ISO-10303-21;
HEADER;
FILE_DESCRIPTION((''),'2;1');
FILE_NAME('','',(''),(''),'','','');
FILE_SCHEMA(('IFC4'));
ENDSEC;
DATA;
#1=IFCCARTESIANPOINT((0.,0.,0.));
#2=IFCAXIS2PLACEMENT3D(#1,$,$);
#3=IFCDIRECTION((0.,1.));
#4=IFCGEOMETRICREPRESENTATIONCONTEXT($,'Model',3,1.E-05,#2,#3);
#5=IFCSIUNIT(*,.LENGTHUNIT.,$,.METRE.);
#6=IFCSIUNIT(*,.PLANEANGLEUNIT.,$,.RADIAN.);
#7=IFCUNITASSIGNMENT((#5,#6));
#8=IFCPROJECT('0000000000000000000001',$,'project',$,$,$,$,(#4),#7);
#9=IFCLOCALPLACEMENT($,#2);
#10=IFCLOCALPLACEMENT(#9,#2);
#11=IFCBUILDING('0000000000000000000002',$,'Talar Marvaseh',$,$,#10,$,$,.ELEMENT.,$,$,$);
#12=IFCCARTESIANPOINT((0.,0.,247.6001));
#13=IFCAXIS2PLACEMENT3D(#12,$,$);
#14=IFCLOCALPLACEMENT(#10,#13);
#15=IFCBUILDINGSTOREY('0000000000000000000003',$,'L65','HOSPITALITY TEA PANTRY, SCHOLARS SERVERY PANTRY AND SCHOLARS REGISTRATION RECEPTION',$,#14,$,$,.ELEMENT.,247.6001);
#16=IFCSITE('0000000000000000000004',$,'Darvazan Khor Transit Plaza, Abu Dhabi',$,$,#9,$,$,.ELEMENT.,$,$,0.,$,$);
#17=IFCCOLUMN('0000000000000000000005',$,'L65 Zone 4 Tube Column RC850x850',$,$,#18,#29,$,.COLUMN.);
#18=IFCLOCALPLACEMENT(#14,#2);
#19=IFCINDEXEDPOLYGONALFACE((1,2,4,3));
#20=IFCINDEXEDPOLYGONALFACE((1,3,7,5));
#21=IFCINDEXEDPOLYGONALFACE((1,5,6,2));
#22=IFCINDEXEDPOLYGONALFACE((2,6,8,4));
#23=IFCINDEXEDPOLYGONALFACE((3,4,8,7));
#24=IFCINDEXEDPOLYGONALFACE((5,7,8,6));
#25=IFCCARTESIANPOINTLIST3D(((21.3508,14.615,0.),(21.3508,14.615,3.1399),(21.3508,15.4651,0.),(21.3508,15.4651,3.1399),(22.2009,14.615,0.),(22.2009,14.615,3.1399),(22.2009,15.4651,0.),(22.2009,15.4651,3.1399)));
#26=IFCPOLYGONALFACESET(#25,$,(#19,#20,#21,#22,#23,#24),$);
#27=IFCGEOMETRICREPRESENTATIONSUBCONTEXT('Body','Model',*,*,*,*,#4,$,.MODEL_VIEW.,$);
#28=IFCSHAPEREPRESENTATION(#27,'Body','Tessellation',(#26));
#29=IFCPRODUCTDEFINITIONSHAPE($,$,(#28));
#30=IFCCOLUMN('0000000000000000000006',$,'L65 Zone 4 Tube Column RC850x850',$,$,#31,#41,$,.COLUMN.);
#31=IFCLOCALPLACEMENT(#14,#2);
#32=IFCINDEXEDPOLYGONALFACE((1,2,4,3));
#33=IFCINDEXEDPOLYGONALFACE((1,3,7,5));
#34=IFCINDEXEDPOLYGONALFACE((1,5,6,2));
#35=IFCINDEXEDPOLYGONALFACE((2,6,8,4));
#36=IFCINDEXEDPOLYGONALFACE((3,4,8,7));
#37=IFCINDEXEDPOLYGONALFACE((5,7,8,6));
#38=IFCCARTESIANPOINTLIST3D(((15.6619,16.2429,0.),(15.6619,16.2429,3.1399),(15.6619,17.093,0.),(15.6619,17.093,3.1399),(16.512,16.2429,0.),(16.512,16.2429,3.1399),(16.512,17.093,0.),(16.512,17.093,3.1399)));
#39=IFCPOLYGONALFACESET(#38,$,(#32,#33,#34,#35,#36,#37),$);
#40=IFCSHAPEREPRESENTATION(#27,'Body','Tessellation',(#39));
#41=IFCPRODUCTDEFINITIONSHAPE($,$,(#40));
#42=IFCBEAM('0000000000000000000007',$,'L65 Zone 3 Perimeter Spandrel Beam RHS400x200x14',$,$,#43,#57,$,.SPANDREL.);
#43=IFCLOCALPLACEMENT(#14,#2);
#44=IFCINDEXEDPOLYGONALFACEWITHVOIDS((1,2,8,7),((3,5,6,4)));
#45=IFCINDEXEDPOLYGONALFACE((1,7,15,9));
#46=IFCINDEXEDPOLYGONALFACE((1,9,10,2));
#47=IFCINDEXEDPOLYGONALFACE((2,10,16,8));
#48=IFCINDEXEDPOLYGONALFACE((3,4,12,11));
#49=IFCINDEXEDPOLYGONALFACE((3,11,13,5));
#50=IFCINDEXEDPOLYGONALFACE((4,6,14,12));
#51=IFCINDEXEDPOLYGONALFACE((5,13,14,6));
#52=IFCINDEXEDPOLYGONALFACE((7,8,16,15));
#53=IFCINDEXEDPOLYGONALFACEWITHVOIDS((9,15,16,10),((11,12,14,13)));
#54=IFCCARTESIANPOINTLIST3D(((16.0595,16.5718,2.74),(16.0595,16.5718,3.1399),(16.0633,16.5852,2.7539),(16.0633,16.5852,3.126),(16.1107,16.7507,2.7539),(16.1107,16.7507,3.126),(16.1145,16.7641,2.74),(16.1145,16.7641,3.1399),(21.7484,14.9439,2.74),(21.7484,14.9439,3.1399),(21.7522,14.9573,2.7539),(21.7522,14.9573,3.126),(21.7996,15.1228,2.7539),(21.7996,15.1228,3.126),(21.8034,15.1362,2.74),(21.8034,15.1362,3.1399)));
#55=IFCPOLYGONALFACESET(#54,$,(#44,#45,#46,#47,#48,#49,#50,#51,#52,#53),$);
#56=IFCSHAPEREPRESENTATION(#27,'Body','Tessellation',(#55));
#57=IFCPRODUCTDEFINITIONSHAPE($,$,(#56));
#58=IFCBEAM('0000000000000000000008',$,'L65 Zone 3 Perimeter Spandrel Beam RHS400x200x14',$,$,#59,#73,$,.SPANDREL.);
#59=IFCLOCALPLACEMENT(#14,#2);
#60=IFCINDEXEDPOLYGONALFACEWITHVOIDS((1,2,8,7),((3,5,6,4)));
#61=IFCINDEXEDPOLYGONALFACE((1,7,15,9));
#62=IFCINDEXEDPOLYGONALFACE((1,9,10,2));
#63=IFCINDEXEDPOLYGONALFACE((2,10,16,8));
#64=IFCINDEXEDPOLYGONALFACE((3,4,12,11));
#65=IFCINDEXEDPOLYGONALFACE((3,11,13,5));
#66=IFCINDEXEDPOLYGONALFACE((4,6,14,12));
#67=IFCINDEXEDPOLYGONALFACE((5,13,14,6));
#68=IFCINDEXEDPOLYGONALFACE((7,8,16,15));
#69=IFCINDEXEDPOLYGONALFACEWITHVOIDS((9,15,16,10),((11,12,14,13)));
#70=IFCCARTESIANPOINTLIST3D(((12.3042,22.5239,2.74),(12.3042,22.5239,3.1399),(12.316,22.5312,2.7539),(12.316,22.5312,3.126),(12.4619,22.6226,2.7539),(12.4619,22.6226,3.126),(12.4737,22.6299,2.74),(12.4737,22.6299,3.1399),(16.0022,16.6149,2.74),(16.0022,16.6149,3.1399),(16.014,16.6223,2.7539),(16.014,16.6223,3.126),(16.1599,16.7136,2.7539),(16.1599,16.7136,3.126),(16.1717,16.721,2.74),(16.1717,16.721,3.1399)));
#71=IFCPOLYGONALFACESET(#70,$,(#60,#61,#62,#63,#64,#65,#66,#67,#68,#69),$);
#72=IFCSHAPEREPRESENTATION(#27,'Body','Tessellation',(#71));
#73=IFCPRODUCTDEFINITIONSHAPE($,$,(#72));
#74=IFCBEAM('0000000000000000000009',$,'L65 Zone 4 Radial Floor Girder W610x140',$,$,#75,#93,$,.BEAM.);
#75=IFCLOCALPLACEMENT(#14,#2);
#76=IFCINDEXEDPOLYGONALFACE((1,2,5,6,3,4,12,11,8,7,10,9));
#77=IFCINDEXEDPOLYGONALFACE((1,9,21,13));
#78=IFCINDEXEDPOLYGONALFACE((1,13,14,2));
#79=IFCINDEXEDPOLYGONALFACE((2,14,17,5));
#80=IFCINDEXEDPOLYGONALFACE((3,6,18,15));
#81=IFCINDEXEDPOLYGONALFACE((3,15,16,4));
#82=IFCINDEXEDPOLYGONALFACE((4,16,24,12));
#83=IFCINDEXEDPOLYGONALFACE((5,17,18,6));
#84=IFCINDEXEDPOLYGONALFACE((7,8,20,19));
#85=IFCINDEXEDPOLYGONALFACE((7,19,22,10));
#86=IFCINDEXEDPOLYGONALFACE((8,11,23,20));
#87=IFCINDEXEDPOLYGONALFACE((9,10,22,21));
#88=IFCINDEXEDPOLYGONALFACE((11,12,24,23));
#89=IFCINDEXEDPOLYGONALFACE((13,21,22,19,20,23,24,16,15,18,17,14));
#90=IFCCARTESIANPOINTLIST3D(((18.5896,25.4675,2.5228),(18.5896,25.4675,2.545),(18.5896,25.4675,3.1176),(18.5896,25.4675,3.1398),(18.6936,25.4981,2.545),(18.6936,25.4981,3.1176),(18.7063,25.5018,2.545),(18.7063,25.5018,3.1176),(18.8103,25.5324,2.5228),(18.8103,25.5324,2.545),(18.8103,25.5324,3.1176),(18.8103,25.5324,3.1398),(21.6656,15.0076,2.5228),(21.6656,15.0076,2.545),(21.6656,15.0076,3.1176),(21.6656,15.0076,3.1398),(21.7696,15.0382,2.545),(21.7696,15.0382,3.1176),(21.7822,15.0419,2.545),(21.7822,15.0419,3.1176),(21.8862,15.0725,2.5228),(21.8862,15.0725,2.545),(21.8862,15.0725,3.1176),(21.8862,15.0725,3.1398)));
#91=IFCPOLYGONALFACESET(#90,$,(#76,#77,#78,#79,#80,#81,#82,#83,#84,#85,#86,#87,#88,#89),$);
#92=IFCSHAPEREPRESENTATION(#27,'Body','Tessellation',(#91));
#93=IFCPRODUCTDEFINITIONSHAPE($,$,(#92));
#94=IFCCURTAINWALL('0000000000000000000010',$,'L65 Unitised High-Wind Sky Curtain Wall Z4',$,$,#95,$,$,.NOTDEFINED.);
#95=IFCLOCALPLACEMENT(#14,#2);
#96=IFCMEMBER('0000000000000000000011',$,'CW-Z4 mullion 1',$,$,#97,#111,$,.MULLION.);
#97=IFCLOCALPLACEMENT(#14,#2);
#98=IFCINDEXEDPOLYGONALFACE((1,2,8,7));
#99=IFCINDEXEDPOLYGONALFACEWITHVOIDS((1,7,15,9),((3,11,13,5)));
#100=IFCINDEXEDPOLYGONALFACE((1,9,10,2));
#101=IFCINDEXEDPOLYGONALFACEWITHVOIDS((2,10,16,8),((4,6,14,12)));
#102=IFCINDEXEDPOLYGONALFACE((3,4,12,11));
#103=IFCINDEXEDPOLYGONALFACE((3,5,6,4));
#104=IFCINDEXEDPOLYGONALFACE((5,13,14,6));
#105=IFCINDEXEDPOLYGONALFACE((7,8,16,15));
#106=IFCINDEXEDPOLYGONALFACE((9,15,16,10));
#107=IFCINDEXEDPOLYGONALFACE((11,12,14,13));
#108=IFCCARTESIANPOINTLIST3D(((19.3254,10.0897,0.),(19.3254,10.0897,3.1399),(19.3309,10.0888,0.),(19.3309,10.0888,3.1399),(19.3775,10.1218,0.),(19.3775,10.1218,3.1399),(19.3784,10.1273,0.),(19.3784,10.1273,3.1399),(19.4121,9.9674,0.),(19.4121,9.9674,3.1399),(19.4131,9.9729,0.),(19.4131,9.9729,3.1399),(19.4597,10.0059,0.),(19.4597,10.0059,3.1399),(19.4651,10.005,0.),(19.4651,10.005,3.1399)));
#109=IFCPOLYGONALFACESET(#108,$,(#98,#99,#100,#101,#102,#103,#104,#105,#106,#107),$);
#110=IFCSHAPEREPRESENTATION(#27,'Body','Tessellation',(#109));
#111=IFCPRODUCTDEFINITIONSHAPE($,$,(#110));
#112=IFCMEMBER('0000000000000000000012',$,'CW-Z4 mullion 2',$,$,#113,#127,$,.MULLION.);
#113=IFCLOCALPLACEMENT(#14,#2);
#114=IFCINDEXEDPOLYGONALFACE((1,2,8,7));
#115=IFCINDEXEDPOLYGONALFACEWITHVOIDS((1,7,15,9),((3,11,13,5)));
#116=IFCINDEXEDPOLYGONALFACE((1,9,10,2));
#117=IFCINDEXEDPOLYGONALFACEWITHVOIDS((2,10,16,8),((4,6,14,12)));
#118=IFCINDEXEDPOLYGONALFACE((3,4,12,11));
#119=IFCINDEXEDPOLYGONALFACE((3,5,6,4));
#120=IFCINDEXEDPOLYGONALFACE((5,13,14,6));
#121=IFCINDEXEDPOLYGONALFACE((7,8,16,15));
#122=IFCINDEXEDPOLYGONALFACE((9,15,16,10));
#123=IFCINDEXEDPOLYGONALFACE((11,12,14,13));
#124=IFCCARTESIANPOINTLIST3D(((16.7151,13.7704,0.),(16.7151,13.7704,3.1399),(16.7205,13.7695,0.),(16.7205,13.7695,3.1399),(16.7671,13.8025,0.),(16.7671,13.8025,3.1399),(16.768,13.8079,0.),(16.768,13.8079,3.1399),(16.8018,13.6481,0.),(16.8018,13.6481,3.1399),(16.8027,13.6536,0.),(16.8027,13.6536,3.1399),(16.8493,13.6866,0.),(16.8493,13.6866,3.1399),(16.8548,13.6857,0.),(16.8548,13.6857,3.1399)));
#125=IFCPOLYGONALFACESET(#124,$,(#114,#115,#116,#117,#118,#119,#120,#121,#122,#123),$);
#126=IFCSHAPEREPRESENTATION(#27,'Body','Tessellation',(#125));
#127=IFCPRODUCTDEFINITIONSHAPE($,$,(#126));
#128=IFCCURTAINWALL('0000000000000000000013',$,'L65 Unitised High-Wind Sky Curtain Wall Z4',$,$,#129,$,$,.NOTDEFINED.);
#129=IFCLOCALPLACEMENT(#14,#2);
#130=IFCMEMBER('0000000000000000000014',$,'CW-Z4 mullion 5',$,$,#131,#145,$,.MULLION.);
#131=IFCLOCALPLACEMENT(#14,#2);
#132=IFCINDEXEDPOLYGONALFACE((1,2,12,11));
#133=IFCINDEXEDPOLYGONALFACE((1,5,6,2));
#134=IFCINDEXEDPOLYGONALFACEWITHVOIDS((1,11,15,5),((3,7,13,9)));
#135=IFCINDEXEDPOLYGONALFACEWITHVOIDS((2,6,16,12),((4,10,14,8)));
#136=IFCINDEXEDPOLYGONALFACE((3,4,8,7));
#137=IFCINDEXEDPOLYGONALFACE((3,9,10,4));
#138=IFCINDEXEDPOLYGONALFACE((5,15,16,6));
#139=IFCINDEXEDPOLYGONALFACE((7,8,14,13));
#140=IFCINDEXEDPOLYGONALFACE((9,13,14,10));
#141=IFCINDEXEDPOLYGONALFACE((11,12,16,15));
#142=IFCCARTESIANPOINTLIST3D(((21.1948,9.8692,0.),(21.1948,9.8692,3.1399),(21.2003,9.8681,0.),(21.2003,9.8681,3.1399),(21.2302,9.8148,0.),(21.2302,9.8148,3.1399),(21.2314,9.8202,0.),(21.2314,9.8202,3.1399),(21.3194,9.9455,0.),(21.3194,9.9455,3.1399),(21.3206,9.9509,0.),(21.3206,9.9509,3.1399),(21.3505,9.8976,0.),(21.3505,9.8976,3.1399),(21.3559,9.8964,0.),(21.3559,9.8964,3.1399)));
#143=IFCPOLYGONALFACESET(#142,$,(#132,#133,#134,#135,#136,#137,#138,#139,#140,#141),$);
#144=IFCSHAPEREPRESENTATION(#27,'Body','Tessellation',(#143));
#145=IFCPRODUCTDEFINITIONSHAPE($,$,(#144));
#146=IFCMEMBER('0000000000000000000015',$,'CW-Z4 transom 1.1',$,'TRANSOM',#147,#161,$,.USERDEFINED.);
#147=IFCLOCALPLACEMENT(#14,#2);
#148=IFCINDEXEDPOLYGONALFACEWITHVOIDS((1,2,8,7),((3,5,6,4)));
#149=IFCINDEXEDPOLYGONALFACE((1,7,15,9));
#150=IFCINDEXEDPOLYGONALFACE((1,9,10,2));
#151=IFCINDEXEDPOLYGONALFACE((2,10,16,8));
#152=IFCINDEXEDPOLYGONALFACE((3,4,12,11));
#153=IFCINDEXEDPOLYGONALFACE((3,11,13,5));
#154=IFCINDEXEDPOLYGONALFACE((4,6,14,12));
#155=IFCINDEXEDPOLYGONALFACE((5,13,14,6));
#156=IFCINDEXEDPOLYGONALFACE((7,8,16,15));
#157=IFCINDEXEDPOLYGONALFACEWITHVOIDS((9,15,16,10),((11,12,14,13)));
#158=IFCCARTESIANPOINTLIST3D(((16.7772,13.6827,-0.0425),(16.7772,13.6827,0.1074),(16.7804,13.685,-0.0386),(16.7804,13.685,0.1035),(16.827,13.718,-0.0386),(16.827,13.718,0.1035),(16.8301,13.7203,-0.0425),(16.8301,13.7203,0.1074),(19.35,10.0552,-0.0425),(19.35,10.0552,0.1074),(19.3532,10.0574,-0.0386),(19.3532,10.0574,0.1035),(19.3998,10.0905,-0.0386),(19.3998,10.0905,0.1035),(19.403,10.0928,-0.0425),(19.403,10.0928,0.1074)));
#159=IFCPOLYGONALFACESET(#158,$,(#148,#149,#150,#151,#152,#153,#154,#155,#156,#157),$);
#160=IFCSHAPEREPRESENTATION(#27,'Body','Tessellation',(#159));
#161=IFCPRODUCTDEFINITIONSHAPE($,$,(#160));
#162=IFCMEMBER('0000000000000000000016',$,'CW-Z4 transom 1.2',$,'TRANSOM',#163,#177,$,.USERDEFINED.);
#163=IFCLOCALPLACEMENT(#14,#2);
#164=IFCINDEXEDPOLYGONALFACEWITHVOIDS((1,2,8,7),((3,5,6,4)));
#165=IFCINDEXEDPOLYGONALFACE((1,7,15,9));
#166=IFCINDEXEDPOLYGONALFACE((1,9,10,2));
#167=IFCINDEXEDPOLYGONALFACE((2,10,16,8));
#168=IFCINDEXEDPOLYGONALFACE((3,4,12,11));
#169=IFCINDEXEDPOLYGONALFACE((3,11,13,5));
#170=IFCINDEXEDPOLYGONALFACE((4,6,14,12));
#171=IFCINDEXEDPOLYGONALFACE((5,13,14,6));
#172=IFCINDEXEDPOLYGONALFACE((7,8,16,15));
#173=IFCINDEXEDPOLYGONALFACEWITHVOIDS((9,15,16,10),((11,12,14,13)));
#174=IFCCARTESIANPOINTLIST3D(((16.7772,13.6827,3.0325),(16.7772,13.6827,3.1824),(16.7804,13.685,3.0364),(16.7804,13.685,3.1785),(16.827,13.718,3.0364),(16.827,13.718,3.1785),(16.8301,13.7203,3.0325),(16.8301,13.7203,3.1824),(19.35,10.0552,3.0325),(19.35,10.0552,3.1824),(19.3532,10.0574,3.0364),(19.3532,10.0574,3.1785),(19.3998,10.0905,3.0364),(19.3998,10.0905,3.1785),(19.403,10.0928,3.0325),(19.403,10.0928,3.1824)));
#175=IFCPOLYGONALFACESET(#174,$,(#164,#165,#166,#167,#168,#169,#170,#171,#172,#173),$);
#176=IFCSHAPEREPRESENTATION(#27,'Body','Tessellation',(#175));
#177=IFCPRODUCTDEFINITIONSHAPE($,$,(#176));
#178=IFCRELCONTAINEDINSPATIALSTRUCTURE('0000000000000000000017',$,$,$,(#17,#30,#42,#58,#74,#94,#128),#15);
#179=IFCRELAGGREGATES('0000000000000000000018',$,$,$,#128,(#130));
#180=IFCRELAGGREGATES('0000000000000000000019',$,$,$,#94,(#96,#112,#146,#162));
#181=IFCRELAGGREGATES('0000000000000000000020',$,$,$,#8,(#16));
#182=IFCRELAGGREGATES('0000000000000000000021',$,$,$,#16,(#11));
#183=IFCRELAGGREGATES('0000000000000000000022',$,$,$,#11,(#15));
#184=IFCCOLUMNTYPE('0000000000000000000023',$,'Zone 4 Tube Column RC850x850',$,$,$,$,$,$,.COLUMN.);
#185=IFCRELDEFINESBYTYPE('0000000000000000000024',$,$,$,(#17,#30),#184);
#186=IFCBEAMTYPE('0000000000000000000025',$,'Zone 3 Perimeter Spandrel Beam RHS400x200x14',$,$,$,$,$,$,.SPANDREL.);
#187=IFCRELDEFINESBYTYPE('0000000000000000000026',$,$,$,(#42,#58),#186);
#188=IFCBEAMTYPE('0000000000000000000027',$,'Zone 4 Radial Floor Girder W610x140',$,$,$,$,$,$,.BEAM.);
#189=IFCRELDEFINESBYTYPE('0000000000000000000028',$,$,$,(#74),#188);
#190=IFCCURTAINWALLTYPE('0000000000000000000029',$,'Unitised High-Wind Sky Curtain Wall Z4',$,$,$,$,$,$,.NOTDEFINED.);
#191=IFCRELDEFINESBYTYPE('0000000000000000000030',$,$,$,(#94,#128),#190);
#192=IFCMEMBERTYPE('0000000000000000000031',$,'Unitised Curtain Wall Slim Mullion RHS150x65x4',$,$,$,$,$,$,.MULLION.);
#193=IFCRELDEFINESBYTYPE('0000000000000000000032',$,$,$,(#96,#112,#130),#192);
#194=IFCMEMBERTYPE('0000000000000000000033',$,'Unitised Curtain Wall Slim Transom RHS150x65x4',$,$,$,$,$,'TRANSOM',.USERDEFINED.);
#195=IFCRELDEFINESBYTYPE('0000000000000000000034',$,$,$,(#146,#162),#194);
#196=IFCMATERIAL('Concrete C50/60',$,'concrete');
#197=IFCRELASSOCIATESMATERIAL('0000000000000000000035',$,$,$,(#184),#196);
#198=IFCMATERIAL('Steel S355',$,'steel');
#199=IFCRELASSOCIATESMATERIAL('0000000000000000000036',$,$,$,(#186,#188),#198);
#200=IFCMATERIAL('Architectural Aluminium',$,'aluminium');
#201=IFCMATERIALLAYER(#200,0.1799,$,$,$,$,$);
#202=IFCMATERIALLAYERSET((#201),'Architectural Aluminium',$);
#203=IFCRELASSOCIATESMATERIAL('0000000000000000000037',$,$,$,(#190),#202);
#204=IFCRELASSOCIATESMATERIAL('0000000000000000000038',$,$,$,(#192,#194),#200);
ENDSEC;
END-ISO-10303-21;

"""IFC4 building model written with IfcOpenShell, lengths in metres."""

from ifc_helpers import new_model, si_unit, direction, frame, origin, origin_2d, place, context, subcontext, project, spatial, rectangle, hollow_rectangle, i_section, extrude, source, transform, mapped, material, layer, layer_set, material_profile, profile_set, type_object, type_shapes, element, aggregate, save


model = new_model("IFC4")

# Units and contexts
model_context = context("Model", 3, precision=1e-05, world=origin(), true_north=direction((0.0, 1.0)))
body_context = subcontext(model_context, "Body", "Model", "MODEL_VIEW")
ifc_project = project(units=[si_unit("LENGTHUNIT", "METRE"), si_unit("PLANEANGLEUNIT", "RADIAN")], contexts=[model_context])

# Site, building, storey
site_placement = place(None, origin())
site = spatial("IfcSite", under=ifc_project, at=site_placement, Name="Darvazan Khor Transit Plaza, Abu Dhabi", CompositionType="ELEMENT", RefElevation=0.0)
building_placement = place(site_placement, origin())
building = spatial("IfcBuilding", under=site, at=building_placement, Name="Talar Marvaseh", CompositionType="ELEMENT")
storey_placement = place(building_placement, frame((0.0, 0.0, 247.6001)))
storey = spatial("IfcBuildingStorey", under=building, at=storey_placement, Name="L65", Description="HOSPITALITY TEA PANTRY, SCHOLARS SERVERY PANTRY AND SCHOLARS REGISTRATION RECEPTION", CompositionType="ELEMENT", Elevation=247.6001)

# Columns
ifc_material_1 = material(Name="Concrete C50/60", Category="concrete")
ifc_material_profile_1 = material_profile(ifc_material_1, rectangle(XDim=0.8501, YDim=0.8501, at=origin_2d()), Name="RC850x850")
ifc_profile_set_1 = profile_set([ifc_material_profile_1], Name="Concrete C50/60")
column_type = type_object("IfcColumnType", Name="Zone 4 Tube Column RC850x850", PredefinedType="COLUMN", material=ifc_profile_set_1)
for number, where, z_axis, x_axis, name in (
    (1, (21.7759, 15.04, 0.0), (0.0, 0.0, 1.0), (1.0, 0.0, 0.0), "L65 Zone 4 Tube Column RC850x850"),
    (2, (16.0869, 16.668, 0.0), (0.0, 0.0, 1.0), (1.0, 0.0, 0.0), "L65 Zone 4 Tube Column RC850x850"),
):
    element("IfcColumn", number, at=place(storey_placement, frame(where, z_axis=z_axis, x_axis=x_axis)), inside=storey, type_object=column_type, Name=name, PredefinedType="COLUMN", context=body_context, shape_type="SweptSolid", body=[
        extrude(rectangle(XDim=0.8501, YDim=0.8501, at=origin_2d()), origin(), (0.0, 0.0, 1.0), 3.1399),
    ])

# Beams
ifc_material_2 = material(Name="Steel S355", Category="steel")
ifc_material_profile_2 = material_profile(ifc_material_2, hollow_rectangle(XDim=0.2, YDim=0.3999, WallThickness=0.0139, at=origin_2d()), Name="RHS400x200x14")
ifc_profile_set_2 = profile_set([ifc_material_profile_2], Name="Steel S355")
beam_type_1 = type_object("IfcBeamType", Name="Zone 3 Perimeter Spandrel Beam RHS400x200x14", PredefinedType="SPANDREL", material=ifc_profile_set_2)
beam_1_placement = place(storey_placement, frame((21.7759, 15.04, 2.9399), z_axis=(-0.961412, 0.275113, 0.0), x_axis=(-0.275113, -0.961412, 0.0)))
element("IfcBeam", 3, at=beam_1_placement, inside=storey, type_object=beam_type_1, Name="L65 Zone 3 Perimeter Spandrel Beam RHS400x200x14", PredefinedType="SPANDREL", context=body_context, shape_type="SweptSolid", body=[
    extrude(hollow_rectangle(XDim=0.2, YDim=0.3999, WallThickness=0.0139, at=origin_2d()), origin(), (0.0, 0.0, 1.0), 5.9172),
])
beam_2_placement = place(storey_placement, frame((16.0869, 16.668, 2.9399), z_axis=(-0.530506, 0.847681, 0.0), x_axis=(-0.847681, -0.530506, 0.0)))
element("IfcBeam", 4, at=beam_2_placement, inside=storey, type_object=beam_type_1, Name="L65 Zone 3 Perimeter Spandrel Beam RHS400x200x14", PredefinedType="SPANDREL", context=body_context, shape_type="SweptSolid", body=[
    extrude(hollow_rectangle(XDim=0.2, YDim=0.3999, WallThickness=0.0139, at=origin_2d()), origin(), (0.0, 0.0, 1.0), 6.9707),
])
ifc_material_profile_3 = material_profile(ifc_material_2, i_section(OverallWidth=0.23, OverallDepth=0.6169, WebThickness=0.0132, FlangeThickness=0.0222, at=origin_2d()), Name="W610x140")
ifc_profile_set_3 = profile_set([ifc_material_profile_3], Name="Steel S355")
beam_type_2 = type_object("IfcBeamType", Name="Zone 4 Radial Floor Girder W610x140", PredefinedType="BEAM", material=ifc_profile_set_3)
beam_3_placement = place(storey_placement, frame((21.7759, 15.04, 2.8313), z_axis=(-0.282121, 0.959379, 0.0), x_axis=(-0.959379, -0.282121, 0.0)))
element("IfcBeam", 5, at=beam_3_placement, inside=storey, type_object=beam_type_2, Name="L65 Zone 4 Radial Floor Girder W610x140", PredefinedType="BEAM", context=body_context, shape_type="SweptSolid", body=[
    extrude(i_section(OverallWidth=0.23, OverallDepth=0.6169, WebThickness=0.0132, FlangeThickness=0.0222, at=origin_2d()), origin(), (0.0, 0.0, 1.0), 10.9028),
])

# Curtain wall, members
ifc_material_3 = material(Name="Architectural Aluminium", Category="aluminium")
ifc_layer_1 = layer(ifc_material_3, 0.1799)
ifc_layer_set_1 = layer_set([ifc_layer_1], Name="Architectural Aluminium")
curtain_wall_type = type_object("IfcCurtainWallType", Name="Unitised High-Wind Sky Curtain Wall Z4", PredefinedType="NOTDEFINED", material=ifc_layer_set_1)
curtain_wall_1_placement = place(storey_placement, origin())
curtain_wall_1 = element("IfcCurtainWall", 6, at=curtain_wall_1_placement, inside=storey, type_object=curtain_wall_type, Name="L65 Unitised High-Wind Sky Curtain Wall Z4", PredefinedType="NOTDEFINED")
ifc_material_profile_4 = material_profile(ifc_material_3, hollow_rectangle(XDim=0.0649, YDim=0.1499, WallThickness=0.0039, at=origin_2d()), Name="RHS150x65x4")
ifc_profile_set_4 = profile_set([ifc_material_profile_4], Name="Architectural Aluminium")
member_type_1 = type_object("IfcMemberType", Name="Unitised Curtain Wall Slim Mullion RHS150x65x4", PredefinedType="MULLION", material=ifc_profile_set_4)
shared_shape_1 = source(origin(), body_context, "Body", "SweptSolid", [
    extrude(hollow_rectangle(XDim=0.0649, YDim=0.1499, WallThickness=0.0039, at=origin_2d()), origin(), (0.0, 0.0, 1.0), 3.1399),
])
type_shapes(member_type_1, [shared_shape_1])
member_1_placement = place(storey_placement, frame((19.3953, 10.0474, 0.0), z_axis=(0.0, 0.0, 1.0), x_axis=(-0.815673, -0.578513, 0.0)))
member_1 = element("IfcMember", 7, at=member_1_placement, type_object=member_type_1, Name="CW-Z4 mullion 1", PredefinedType="MULLION", context=body_context, shape_type="MappedRepresentation", body=[
    mapped(shared_shape_1, transform((0.0, 0.0, 0.0), x_axis=(1.0, 0.0, 0.0), y_axis=(0.0, 1.0, 0.0), z_axis=(0.0, 0.0, 1.0), scale=1.0)),
])
member_2_placement = place(storey_placement, frame((16.7849, 13.728, 0.0), z_axis=(0.0, 0.0, 1.0), x_axis=(-0.815673, -0.578513, 0.0)))
member_2 = element("IfcMember", 8, at=member_2_placement, type_object=member_type_1, Name="CW-Z4 mullion 2", PredefinedType="MULLION", context=body_context, shape_type="MappedRepresentation", body=[
    mapped(shared_shape_1, transform((0.0, 0.0, 0.0), x_axis=(1.0, 0.0, 0.0), y_axis=(0.0, 1.0, 0.0), z_axis=(0.0, 0.0, 1.0), scale=1.0)),
])

# Curtain wall, member
curtain_wall_2_placement = place(storey_placement, origin())
curtain_wall_2 = element("IfcCurtainWall", 9, at=curtain_wall_2_placement, inside=storey, type_object=curtain_wall_type, Name="L65 Unitised High-Wind Sky Curtain Wall Z4", PredefinedType="NOTDEFINED")
member_3_placement = place(storey_placement, frame((21.2754, 9.8828, 0.0), z_axis=(0.0, 0.0, 1.0), x_axis=(0.544769, -0.838586, 0.0)))
member_3 = element("IfcMember", 10, at=member_3_placement, type_object=member_type_1, Name="CW-Z4 mullion 5", PredefinedType="MULLION", context=body_context, shape_type="MappedRepresentation", body=[
    mapped(shared_shape_1, transform((0.0, 0.0, 0.0), x_axis=(1.0, 0.0, 0.0), y_axis=(0.0, 1.0, 0.0), z_axis=(0.0, 0.0, 1.0), scale=1.0)),
])
aggregate(curtain_wall_2, [member_3])

# Members
ifc_material_profile_5 = material_profile(ifc_material_3, hollow_rectangle(XDim=0.0649, YDim=0.1499, WallThickness=0.0039, at=origin_2d()), Name="RHS150x65x4")
ifc_profile_set_5 = profile_set([ifc_material_profile_5], Name="Architectural Aluminium")
member_type_2 = type_object("IfcMemberType", Name="Unitised Curtain Wall Slim Transom RHS150x65x4", ElementType="TRANSOM", PredefinedType="USERDEFINED", material=ifc_profile_set_5)
shared_shape_2 = source(origin(), body_context, "Body", "SweptSolid", [
    extrude(hollow_rectangle(XDim=0.0649, YDim=0.1499, WallThickness=0.0039, at=origin_2d()), origin(), (0.0, 0.0, 1.0), 4.4473),
])
member_4_placement = place(storey_placement, frame((19.3765, 10.074, 0.0325), z_axis=(-0.578514, 0.815673, 0.0), x_axis=(-0.815673, -0.578514, 0.0)))
member_4 = element("IfcMember", 11, at=member_4_placement, type_object=member_type_2, Name="CW-Z4 transom 1.1", ObjectType="TRANSOM", PredefinedType="USERDEFINED", context=body_context, shape_type="MappedRepresentation", body=[
    mapped(shared_shape_2, transform((0.0, 0.0, 0.0), x_axis=(1.0, 0.0, 0.0), y_axis=(0.0, 1.0, 0.0), z_axis=(0.0, 0.0, 1.0), scale=1.0)),
])
member_5_placement = place(storey_placement, frame((19.3765, 10.074, 3.1074), z_axis=(-0.578514, 0.815673, 0.0), x_axis=(-0.815673, -0.578514, 0.0)))
member_5 = element("IfcMember", 12, at=member_5_placement, type_object=member_type_2, Name="CW-Z4 transom 1.2", ObjectType="TRANSOM", PredefinedType="USERDEFINED", context=body_context, shape_type="MappedRepresentation", body=[
    mapped(shared_shape_2, transform((0.0, 0.0, 0.0), x_axis=(1.0, 0.0, 0.0), y_axis=(0.0, 1.0, 0.0), z_axis=(0.0, 0.0, 1.0), scale=1.0)),
])

aggregate(curtain_wall_1, [member_1, member_2, member_4, member_5])

save(model, "model.ifc")
